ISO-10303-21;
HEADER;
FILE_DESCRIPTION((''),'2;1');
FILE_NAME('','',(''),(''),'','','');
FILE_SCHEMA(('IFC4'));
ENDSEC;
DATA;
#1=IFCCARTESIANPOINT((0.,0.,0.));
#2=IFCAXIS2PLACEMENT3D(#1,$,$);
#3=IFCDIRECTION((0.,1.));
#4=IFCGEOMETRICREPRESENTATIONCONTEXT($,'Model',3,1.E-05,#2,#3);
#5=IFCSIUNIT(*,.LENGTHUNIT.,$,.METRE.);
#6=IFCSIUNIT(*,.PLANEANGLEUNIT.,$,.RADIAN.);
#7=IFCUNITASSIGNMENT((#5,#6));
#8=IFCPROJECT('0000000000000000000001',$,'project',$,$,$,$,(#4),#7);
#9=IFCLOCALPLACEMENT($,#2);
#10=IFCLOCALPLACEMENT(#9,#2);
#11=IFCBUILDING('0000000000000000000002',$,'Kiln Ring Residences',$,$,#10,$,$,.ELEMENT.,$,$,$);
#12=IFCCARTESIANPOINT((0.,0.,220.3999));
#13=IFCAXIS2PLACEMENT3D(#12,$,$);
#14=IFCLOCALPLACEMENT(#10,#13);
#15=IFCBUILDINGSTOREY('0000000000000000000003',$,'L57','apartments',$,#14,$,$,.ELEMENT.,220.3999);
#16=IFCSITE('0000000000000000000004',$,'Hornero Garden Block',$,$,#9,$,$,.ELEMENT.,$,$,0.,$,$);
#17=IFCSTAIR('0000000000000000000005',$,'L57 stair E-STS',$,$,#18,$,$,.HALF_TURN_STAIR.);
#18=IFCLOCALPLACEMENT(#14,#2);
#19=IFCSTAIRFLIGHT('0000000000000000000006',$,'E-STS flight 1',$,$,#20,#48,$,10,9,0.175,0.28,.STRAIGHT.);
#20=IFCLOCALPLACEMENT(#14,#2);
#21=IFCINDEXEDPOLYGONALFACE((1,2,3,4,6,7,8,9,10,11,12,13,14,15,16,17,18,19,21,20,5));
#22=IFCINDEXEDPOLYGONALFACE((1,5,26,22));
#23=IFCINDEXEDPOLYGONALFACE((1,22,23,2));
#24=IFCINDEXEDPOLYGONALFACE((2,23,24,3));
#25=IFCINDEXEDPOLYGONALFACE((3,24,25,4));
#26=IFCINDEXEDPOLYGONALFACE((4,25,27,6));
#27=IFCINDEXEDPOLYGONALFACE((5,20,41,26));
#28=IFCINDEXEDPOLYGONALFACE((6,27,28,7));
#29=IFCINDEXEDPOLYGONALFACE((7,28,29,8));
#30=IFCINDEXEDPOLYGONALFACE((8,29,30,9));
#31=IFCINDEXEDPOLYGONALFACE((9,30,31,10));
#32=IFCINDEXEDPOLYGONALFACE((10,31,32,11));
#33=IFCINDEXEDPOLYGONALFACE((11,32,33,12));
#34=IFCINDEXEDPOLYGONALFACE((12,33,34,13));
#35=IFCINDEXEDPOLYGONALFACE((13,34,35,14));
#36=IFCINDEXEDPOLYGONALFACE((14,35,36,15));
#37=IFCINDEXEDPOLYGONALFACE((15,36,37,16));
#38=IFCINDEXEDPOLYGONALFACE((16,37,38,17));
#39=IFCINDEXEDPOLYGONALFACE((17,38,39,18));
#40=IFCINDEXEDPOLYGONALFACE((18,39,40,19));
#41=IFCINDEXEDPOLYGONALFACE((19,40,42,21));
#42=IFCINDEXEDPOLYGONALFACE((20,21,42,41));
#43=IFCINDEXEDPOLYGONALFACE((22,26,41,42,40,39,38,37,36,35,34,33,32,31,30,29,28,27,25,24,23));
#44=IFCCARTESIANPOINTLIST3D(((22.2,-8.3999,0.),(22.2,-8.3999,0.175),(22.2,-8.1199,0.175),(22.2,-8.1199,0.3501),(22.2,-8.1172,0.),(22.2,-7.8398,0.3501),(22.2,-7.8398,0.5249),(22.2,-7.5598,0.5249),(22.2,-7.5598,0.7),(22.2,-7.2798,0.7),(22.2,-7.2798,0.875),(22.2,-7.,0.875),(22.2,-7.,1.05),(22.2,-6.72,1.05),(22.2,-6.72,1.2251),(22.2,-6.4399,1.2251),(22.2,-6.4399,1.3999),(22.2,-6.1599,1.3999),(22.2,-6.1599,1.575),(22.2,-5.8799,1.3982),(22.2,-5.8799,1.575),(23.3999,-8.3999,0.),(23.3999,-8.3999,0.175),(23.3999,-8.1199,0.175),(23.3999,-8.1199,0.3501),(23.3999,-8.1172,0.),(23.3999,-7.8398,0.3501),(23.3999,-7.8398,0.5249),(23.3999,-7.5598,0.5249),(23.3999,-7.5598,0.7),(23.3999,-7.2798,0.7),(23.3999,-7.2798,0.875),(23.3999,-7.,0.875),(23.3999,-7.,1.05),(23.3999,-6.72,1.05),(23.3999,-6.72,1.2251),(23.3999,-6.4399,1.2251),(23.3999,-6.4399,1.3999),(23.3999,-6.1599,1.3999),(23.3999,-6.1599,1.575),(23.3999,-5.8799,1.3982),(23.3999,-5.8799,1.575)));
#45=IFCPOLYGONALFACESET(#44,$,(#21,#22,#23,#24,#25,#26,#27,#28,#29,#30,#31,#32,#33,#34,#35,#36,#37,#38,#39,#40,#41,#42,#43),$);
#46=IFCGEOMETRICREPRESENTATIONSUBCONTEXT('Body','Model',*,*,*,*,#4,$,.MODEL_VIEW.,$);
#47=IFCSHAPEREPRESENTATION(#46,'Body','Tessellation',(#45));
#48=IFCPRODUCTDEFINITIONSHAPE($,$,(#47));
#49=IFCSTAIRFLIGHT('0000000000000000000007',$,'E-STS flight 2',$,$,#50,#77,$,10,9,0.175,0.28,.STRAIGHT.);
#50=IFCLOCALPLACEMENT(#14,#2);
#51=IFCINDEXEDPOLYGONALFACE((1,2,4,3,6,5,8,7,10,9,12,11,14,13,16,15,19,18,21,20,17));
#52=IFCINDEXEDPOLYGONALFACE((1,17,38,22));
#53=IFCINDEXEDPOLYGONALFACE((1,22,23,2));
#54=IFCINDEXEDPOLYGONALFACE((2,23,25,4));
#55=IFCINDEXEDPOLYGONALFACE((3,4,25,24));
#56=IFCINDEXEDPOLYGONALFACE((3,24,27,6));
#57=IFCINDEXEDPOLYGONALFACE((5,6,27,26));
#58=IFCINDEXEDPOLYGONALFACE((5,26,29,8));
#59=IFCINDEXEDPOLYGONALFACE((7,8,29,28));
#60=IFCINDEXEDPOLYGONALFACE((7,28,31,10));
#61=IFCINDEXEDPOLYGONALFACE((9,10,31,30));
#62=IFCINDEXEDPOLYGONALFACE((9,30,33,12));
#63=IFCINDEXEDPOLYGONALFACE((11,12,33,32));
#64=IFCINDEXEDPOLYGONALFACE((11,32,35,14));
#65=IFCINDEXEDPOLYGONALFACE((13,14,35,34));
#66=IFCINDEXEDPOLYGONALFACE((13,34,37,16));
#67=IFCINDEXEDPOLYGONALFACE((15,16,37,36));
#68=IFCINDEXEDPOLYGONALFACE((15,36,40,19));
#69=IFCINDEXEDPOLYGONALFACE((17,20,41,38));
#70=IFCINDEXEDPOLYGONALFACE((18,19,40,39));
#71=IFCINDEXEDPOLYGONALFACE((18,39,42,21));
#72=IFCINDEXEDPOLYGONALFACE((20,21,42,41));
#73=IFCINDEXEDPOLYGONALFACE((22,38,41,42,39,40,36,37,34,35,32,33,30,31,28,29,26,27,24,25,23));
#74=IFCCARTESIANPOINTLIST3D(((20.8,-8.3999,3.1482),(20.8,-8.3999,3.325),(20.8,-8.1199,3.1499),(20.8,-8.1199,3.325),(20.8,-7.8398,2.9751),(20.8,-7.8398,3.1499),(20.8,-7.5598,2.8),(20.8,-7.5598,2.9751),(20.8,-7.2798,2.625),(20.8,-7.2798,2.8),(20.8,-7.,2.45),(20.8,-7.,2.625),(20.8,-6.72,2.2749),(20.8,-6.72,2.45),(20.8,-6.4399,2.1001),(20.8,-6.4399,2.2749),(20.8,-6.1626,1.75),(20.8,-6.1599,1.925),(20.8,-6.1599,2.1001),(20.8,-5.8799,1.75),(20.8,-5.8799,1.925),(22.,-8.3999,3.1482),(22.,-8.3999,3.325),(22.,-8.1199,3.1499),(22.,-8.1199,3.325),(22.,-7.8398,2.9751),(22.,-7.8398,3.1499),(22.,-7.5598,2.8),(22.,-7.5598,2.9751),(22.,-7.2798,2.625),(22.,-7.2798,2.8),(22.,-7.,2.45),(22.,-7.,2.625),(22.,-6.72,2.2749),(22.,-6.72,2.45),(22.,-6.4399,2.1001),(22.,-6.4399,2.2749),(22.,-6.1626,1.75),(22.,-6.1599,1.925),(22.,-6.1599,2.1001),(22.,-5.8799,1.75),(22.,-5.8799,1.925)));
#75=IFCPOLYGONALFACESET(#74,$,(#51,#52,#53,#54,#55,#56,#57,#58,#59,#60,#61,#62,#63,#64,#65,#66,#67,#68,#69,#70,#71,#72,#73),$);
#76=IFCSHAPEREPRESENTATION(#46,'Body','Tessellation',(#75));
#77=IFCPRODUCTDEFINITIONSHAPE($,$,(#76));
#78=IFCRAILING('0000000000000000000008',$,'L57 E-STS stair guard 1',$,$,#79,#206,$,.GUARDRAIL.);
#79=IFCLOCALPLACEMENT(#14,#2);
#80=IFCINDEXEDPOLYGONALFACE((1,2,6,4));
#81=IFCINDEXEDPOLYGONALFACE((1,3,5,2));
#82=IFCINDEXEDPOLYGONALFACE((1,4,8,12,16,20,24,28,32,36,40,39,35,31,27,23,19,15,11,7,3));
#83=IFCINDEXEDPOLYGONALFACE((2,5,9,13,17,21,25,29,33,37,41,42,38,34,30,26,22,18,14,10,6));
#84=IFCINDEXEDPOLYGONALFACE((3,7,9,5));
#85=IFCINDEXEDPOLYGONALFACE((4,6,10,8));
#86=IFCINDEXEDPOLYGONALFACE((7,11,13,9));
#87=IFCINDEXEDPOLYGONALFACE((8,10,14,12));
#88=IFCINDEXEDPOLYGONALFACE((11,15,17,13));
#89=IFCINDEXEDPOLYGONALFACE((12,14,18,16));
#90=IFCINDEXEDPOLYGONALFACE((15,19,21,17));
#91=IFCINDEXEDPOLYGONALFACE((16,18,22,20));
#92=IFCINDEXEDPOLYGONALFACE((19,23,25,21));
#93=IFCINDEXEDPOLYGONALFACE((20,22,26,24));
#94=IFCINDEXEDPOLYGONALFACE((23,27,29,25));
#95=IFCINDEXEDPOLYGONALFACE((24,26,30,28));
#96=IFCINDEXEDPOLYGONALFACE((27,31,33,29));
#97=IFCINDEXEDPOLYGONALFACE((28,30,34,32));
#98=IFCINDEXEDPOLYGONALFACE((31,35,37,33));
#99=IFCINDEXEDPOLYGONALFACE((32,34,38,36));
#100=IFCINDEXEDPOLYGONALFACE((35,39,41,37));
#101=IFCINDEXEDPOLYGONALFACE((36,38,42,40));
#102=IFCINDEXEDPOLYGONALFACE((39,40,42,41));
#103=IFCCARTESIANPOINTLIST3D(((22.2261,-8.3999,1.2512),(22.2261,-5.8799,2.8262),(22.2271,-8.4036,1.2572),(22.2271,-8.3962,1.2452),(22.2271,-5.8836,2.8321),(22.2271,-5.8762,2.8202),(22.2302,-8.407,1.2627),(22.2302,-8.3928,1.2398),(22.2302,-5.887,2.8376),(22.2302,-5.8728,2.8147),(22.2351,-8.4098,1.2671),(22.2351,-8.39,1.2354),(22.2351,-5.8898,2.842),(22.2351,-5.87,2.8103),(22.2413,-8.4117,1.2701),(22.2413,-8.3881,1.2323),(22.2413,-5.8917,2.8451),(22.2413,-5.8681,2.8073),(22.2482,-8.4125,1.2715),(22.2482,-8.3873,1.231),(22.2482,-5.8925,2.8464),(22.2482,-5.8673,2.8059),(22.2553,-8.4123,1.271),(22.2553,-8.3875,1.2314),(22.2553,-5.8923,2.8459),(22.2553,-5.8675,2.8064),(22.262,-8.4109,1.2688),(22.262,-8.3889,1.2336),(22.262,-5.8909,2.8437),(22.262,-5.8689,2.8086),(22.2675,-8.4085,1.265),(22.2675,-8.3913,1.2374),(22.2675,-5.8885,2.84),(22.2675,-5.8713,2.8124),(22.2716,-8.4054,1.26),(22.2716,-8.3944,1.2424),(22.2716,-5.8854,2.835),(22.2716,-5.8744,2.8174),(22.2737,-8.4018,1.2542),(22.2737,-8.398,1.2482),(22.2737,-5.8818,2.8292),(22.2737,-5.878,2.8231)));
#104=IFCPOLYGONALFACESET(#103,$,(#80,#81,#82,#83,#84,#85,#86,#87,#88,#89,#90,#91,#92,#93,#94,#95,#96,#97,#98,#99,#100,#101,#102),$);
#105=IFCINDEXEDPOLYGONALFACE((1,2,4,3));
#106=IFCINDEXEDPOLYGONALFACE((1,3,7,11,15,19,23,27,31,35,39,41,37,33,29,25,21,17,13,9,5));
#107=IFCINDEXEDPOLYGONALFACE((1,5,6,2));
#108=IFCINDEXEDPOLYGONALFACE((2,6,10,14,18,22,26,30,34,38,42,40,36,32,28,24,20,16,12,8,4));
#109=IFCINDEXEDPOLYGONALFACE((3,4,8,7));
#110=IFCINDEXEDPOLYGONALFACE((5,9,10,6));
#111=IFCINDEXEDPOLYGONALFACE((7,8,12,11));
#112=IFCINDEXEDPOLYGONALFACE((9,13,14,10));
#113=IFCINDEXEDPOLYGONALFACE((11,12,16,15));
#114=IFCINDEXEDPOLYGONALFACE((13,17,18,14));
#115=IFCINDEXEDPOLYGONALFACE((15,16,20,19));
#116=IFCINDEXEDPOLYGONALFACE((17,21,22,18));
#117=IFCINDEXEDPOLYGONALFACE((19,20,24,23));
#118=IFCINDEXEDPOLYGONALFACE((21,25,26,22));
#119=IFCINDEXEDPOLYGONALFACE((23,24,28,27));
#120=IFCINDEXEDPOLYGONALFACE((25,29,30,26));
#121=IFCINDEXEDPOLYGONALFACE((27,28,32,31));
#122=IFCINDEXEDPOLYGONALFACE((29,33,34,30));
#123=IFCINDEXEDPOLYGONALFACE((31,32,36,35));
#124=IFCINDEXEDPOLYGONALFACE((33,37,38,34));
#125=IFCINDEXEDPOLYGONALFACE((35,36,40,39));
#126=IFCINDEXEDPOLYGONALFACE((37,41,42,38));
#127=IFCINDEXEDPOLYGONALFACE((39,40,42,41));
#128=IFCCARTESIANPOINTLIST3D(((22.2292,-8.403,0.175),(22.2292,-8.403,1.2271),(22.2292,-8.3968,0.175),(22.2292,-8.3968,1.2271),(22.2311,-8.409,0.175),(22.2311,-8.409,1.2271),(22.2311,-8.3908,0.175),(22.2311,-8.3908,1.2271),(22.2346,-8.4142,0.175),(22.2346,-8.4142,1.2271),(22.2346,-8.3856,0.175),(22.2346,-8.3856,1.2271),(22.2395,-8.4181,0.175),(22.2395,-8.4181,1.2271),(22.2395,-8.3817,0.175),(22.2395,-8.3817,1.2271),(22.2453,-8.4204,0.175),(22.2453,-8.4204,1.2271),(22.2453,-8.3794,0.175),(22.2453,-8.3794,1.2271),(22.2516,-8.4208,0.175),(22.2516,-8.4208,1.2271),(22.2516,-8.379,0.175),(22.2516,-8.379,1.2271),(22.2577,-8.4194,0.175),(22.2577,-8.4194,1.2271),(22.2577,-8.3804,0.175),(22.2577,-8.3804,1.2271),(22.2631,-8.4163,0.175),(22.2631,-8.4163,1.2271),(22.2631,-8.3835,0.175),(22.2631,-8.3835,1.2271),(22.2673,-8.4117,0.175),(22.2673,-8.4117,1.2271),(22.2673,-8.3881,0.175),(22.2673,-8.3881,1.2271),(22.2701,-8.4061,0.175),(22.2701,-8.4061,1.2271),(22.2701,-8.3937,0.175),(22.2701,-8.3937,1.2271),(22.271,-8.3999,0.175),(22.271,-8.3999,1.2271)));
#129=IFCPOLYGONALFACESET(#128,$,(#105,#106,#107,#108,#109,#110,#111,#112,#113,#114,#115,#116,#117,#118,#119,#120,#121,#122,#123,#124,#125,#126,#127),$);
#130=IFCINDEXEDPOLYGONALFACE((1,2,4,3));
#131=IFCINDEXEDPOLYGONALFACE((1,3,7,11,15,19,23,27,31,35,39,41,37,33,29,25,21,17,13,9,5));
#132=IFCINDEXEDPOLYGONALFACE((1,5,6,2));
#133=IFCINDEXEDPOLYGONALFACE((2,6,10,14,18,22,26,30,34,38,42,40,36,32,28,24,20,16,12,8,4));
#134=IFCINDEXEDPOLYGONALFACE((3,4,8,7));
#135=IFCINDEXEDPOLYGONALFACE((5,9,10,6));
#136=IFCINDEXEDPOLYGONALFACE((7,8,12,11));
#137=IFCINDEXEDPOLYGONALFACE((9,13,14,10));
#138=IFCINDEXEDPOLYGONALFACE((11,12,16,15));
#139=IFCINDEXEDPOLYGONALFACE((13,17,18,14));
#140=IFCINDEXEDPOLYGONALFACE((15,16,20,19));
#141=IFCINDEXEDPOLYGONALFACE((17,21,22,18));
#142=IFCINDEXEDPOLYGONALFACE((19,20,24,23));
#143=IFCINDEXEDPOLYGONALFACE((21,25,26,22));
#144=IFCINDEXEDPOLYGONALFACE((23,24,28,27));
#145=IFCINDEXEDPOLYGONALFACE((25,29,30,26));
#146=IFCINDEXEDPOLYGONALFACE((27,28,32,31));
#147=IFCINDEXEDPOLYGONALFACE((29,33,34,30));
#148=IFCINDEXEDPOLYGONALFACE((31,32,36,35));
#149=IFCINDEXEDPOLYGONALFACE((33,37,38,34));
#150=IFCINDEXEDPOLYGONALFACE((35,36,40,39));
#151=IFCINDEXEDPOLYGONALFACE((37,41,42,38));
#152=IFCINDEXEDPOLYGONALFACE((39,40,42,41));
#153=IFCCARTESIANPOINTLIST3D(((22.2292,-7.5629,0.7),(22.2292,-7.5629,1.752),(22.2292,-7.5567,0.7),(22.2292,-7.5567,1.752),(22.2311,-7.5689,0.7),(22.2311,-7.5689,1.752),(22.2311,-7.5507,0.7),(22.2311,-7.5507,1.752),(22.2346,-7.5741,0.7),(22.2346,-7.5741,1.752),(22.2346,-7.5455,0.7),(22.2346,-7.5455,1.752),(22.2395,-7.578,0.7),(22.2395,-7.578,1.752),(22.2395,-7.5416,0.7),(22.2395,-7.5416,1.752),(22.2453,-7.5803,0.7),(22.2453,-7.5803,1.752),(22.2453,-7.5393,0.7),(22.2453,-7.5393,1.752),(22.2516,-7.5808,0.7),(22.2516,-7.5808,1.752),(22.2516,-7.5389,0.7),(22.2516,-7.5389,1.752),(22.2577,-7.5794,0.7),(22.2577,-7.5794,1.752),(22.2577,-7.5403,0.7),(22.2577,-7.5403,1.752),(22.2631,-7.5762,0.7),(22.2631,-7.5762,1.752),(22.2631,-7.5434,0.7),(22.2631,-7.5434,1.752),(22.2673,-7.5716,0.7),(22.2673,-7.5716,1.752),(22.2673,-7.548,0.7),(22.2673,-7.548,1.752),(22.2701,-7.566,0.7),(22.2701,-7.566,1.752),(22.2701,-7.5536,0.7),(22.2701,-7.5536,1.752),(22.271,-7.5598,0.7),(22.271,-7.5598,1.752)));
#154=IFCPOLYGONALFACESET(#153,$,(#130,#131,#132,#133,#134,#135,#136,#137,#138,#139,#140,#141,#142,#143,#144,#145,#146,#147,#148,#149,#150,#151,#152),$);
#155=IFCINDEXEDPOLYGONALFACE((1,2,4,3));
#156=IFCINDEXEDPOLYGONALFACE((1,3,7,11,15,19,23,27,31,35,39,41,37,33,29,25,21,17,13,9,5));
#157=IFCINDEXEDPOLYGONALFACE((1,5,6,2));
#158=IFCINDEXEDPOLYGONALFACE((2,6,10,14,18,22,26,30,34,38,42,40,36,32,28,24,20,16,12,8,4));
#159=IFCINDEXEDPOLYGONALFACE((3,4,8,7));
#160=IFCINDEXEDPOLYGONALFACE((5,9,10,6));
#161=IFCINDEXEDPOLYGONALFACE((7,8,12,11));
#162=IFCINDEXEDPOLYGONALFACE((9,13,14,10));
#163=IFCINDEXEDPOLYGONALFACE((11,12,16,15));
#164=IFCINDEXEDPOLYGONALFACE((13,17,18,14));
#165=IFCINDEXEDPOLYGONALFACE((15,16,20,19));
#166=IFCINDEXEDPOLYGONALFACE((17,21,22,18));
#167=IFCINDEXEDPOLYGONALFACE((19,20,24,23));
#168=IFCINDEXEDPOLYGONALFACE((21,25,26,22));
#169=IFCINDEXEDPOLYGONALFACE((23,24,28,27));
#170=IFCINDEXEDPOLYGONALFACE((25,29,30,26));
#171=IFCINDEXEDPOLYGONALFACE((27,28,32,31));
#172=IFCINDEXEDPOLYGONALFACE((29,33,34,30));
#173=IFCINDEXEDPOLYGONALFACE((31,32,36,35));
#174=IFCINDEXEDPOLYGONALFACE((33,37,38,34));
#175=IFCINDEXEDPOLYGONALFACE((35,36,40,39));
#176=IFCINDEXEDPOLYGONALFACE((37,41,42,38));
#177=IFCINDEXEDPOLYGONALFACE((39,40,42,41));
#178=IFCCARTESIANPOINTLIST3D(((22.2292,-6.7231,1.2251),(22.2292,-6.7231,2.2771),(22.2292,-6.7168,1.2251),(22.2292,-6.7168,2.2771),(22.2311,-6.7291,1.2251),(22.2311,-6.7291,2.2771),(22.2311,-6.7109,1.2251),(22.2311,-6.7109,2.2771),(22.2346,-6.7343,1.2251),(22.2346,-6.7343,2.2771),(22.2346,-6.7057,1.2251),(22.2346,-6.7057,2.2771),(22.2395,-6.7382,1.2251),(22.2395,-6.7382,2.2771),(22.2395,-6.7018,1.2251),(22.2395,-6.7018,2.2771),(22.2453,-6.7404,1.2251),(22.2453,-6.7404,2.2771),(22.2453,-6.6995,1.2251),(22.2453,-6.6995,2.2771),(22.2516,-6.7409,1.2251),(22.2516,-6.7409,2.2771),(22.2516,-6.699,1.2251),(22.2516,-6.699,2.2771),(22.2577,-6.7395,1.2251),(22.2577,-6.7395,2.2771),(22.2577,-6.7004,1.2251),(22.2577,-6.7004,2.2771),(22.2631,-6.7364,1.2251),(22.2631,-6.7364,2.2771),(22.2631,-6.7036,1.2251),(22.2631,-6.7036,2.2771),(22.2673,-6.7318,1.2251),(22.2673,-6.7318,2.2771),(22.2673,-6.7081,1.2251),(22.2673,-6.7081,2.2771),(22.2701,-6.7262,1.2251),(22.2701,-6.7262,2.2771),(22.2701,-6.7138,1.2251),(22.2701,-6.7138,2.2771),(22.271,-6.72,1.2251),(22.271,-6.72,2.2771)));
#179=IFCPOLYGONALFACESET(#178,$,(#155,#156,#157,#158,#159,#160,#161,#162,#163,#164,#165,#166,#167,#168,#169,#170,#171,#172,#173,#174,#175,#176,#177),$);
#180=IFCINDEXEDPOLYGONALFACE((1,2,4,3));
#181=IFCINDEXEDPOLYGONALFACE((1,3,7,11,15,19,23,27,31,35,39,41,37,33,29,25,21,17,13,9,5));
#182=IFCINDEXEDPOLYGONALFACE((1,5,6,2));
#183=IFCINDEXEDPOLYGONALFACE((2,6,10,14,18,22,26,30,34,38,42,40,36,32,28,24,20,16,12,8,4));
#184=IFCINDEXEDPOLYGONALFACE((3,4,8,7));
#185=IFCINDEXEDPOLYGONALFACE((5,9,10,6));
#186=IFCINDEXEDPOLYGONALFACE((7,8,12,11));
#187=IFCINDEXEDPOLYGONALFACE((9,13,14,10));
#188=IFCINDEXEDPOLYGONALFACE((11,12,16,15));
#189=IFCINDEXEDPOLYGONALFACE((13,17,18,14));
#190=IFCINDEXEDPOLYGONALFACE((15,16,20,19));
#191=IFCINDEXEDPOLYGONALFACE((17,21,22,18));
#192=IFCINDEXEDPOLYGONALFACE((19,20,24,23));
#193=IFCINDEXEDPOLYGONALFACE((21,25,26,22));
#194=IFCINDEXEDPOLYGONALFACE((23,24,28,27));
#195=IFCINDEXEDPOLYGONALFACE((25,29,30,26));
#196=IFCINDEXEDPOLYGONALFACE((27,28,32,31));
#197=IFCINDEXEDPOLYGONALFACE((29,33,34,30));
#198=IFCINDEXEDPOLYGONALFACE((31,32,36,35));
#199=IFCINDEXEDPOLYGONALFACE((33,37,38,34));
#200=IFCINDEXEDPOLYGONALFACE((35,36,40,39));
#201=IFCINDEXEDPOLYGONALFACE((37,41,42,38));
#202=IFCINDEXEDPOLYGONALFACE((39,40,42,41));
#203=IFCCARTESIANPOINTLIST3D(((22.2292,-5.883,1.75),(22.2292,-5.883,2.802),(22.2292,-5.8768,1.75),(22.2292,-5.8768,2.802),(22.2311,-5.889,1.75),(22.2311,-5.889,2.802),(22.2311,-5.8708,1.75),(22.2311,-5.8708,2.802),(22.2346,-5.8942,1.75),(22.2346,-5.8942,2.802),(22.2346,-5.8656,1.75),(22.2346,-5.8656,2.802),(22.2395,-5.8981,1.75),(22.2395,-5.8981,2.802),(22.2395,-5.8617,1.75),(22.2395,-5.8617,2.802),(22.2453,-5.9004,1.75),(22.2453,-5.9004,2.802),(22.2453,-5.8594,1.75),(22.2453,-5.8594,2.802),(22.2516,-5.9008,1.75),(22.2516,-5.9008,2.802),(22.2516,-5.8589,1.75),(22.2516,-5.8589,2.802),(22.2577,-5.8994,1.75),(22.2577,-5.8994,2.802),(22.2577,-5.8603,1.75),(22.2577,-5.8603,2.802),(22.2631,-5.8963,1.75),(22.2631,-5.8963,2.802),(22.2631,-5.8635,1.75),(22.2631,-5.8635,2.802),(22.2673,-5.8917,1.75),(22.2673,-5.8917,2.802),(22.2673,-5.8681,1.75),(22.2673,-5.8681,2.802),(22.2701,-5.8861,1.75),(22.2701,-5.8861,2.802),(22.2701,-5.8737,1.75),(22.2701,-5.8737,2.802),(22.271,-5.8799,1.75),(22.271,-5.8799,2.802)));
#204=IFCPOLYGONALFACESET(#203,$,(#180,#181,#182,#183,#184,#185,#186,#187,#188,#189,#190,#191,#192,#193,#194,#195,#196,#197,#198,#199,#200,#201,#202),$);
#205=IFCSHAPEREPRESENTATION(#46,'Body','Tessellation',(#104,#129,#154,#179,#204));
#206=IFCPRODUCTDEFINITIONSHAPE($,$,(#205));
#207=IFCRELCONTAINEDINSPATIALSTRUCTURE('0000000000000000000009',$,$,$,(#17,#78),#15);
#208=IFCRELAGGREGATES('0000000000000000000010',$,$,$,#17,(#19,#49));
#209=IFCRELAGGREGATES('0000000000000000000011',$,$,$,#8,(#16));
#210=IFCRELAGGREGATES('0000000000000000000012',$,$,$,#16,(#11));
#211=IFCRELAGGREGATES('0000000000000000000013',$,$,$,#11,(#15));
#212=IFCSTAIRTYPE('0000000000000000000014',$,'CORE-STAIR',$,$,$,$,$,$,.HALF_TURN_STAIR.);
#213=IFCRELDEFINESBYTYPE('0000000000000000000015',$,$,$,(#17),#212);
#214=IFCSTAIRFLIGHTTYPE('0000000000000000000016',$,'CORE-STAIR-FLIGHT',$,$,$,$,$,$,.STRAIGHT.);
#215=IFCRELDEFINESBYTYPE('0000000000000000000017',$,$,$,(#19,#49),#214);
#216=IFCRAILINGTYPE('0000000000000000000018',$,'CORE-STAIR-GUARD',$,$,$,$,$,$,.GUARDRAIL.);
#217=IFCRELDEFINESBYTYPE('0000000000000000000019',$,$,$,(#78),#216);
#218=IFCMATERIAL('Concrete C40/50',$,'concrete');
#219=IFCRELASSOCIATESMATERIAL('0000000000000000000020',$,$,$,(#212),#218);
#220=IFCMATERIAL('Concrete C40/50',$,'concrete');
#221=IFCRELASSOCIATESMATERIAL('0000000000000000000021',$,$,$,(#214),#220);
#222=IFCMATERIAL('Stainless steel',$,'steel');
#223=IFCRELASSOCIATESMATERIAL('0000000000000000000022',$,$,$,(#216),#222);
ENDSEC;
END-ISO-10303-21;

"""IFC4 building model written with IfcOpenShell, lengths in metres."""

from ifc_helpers import new_model, si_unit, direction, frame, origin, origin_2d, place, context, subcontext, project, spatial, polyline, circle, outline, extrude, material, type_object, element, aggregate, save


model = new_model("IFC4")

# Units and contexts
model_context = context("Model", 3, precision=1e-05, world=origin(), true_north=direction((0.0, 1.0)))
body_context = subcontext(model_context, "Body", "Model", "MODEL_VIEW")
ifc_project = project(units=[si_unit("LENGTHUNIT", "METRE"), si_unit("PLANEANGLEUNIT", "RADIAN")], contexts=[model_context])

# Site, building, storey
site_placement = place(None, origin())
site = spatial("IfcSite", under=ifc_project, at=site_placement, Name="Hornero Garden Block", CompositionType="ELEMENT", RefElevation=0.0)
building_placement = place(site_placement, origin())
building = spatial("IfcBuilding", under=site, at=building_placement, Name="Kiln Ring Residences", CompositionType="ELEMENT")
storey_placement = place(building_placement, frame((0.0, 0.0, 220.3999)))
storey = spatial("IfcBuildingStorey", under=building, at=storey_placement, Name="L57", Description="apartments", CompositionType="ELEMENT", Elevation=220.3999)

# Stair, stair flights
ifc_material_1 = material(Name="Concrete C40/50", Category="concrete")
stair_type = type_object("IfcStairType", Name="CORE-STAIR", PredefinedType="HALF_TURN_STAIR", material=ifc_material_1)
stair_placement = place(storey_placement, origin())
stair = element("IfcStair", 1, at=stair_placement, inside=storey, type_object=stair_type, Name="L57 stair E-STS", PredefinedType="HALF_TURN_STAIR")
ifc_material_2 = material(Name="Concrete C40/50", Category="concrete")
stair_flight_type = type_object("IfcStairFlightType", Name="CORE-STAIR-FLIGHT", PredefinedType="STRAIGHT", material=ifc_material_2)
stair_flight_1_placement = place(storey_placement, frame((22.8, -8.3999, 0.0), z_axis=(0.0, 0.0, 1.0), x_axis=(0.0, 1.0, 0.0)))
stair_flight_1 = element("IfcStairFlight", 2, at=stair_flight_1_placement, type_object=stair_flight_type, Name="E-STS flight 1", NumberOfRisers=10, NumberOfTreads=9, PredefinedType="STRAIGHT", RiserHeight=0.175, TreadLength=0.28, context=body_context, shape_type="SweptSolid", body=[
    extrude(outline(polyline([(0.0, 0.0), (0.0, 0.175), (0.28, 0.175), (0.28, 0.3501), (0.5601, 0.3501), (0.5601, 0.5249), (0.8401, 0.5249), (0.8401, 0.7), (1.1201, 0.7), (1.1201, 0.875), (1.3999, 0.875), (1.3999, 1.05), (1.6799, 1.05), (1.6799, 1.2251), (1.96, 1.2251), (1.96, 1.3999), (2.24, 1.3999), (2.24, 1.575), (2.52, 1.575), (2.52, 1.75), (2.52, 1.3982), (0.2827, 0.0), (0.0, 0.0)])), frame((0.0, 0.6001, 0.0), z_axis=(0.0, -1.0, 0.0), x_axis=(1.0, 0.0, 0.0)), (0.0, 0.0, 1.0), 1.2),
])
stair_flight_2_placement = place(storey_placement, frame((21.3999, -5.8799, 1.75), z_axis=(0.0, 0.0, 1.0), x_axis=(0.0, -1.0, 0.0)))
stair_flight_2 = element("IfcStairFlight", 3, at=stair_flight_2_placement, type_object=stair_flight_type, Name="E-STS flight 2", NumberOfRisers=10, NumberOfTreads=9, PredefinedType="STRAIGHT", RiserHeight=0.175, TreadLength=0.28, context=body_context, shape_type="SweptSolid", body=[
    extrude(outline(polyline([(0.0, 0.0), (0.0, 0.175), (0.28, 0.175), (0.28, 0.3501), (0.5601, 0.3501), (0.5601, 0.5249), (0.8401, 0.5249), (0.8401, 0.7), (1.1201, 0.7), (1.1201, 0.875), (1.3999, 0.875), (1.3999, 1.05), (1.6799, 1.05), (1.6799, 1.2251), (1.96, 1.2251), (1.96, 1.3999), (2.24, 1.3999), (2.24, 1.575), (2.52, 1.575), (2.52, 1.75), (2.52, 1.3982), (0.2827, 0.0), (0.0, 0.0)])), frame((0.0, 0.6001, 0.0), z_axis=(0.0, -1.0, 0.0), x_axis=(1.0, 0.0, 0.0)), (0.0, 0.0, 1.0), 1.2),
])
aggregate(stair, [stair_flight_1, stair_flight_2])

# Railing
ifc_material_3 = material(Name="Stainless steel", Category="steel")
railing_type_1 = type_object("IfcRailingType", Name="CORE-STAIR-GUARD", PredefinedType="GUARDRAIL", material=ifc_material_3)
railing_1_placement = place(storey_placement, frame((22.25, -8.3999, 0.175)))
element("IfcRailing", 4, at=railing_1_placement, inside=storey, type_object=railing_type_1, Name="L57 E-STS stair guard 1", PredefinedType="GUARDRAIL", context=body_context, shape_type="SweptSolid", body=[
    extrude(circle(Radius=0.0239, at=origin_2d()), frame((0.0, 0.0, 1.0762), z_axis=(0.0, 0.848008, 0.529984), x_axis=(-1.0, 0.0, 0.0)), (0.0, 0.0, 1.0), 2.9717),
    extrude(circle(Radius=0.021, at=origin_2d()), origin(), (0.0, 0.0, 1.0), 1.052),
    extrude(circle(Radius=0.021, at=origin_2d()), frame((0.0, 0.8401, 0.5249)), (0.0, 0.0, 1.0), 1.052),
    extrude(circle(Radius=0.021, at=origin_2d()), frame((0.0, 1.6799, 1.05)), (0.0, 0.0, 1.0), 1.052),
    extrude(circle(Radius=0.021, at=origin_2d()), frame((0.0, 2.52, 1.575)), (0.0, 0.0, 1.0), 1.052),
])

save(model, "model.ifc")
